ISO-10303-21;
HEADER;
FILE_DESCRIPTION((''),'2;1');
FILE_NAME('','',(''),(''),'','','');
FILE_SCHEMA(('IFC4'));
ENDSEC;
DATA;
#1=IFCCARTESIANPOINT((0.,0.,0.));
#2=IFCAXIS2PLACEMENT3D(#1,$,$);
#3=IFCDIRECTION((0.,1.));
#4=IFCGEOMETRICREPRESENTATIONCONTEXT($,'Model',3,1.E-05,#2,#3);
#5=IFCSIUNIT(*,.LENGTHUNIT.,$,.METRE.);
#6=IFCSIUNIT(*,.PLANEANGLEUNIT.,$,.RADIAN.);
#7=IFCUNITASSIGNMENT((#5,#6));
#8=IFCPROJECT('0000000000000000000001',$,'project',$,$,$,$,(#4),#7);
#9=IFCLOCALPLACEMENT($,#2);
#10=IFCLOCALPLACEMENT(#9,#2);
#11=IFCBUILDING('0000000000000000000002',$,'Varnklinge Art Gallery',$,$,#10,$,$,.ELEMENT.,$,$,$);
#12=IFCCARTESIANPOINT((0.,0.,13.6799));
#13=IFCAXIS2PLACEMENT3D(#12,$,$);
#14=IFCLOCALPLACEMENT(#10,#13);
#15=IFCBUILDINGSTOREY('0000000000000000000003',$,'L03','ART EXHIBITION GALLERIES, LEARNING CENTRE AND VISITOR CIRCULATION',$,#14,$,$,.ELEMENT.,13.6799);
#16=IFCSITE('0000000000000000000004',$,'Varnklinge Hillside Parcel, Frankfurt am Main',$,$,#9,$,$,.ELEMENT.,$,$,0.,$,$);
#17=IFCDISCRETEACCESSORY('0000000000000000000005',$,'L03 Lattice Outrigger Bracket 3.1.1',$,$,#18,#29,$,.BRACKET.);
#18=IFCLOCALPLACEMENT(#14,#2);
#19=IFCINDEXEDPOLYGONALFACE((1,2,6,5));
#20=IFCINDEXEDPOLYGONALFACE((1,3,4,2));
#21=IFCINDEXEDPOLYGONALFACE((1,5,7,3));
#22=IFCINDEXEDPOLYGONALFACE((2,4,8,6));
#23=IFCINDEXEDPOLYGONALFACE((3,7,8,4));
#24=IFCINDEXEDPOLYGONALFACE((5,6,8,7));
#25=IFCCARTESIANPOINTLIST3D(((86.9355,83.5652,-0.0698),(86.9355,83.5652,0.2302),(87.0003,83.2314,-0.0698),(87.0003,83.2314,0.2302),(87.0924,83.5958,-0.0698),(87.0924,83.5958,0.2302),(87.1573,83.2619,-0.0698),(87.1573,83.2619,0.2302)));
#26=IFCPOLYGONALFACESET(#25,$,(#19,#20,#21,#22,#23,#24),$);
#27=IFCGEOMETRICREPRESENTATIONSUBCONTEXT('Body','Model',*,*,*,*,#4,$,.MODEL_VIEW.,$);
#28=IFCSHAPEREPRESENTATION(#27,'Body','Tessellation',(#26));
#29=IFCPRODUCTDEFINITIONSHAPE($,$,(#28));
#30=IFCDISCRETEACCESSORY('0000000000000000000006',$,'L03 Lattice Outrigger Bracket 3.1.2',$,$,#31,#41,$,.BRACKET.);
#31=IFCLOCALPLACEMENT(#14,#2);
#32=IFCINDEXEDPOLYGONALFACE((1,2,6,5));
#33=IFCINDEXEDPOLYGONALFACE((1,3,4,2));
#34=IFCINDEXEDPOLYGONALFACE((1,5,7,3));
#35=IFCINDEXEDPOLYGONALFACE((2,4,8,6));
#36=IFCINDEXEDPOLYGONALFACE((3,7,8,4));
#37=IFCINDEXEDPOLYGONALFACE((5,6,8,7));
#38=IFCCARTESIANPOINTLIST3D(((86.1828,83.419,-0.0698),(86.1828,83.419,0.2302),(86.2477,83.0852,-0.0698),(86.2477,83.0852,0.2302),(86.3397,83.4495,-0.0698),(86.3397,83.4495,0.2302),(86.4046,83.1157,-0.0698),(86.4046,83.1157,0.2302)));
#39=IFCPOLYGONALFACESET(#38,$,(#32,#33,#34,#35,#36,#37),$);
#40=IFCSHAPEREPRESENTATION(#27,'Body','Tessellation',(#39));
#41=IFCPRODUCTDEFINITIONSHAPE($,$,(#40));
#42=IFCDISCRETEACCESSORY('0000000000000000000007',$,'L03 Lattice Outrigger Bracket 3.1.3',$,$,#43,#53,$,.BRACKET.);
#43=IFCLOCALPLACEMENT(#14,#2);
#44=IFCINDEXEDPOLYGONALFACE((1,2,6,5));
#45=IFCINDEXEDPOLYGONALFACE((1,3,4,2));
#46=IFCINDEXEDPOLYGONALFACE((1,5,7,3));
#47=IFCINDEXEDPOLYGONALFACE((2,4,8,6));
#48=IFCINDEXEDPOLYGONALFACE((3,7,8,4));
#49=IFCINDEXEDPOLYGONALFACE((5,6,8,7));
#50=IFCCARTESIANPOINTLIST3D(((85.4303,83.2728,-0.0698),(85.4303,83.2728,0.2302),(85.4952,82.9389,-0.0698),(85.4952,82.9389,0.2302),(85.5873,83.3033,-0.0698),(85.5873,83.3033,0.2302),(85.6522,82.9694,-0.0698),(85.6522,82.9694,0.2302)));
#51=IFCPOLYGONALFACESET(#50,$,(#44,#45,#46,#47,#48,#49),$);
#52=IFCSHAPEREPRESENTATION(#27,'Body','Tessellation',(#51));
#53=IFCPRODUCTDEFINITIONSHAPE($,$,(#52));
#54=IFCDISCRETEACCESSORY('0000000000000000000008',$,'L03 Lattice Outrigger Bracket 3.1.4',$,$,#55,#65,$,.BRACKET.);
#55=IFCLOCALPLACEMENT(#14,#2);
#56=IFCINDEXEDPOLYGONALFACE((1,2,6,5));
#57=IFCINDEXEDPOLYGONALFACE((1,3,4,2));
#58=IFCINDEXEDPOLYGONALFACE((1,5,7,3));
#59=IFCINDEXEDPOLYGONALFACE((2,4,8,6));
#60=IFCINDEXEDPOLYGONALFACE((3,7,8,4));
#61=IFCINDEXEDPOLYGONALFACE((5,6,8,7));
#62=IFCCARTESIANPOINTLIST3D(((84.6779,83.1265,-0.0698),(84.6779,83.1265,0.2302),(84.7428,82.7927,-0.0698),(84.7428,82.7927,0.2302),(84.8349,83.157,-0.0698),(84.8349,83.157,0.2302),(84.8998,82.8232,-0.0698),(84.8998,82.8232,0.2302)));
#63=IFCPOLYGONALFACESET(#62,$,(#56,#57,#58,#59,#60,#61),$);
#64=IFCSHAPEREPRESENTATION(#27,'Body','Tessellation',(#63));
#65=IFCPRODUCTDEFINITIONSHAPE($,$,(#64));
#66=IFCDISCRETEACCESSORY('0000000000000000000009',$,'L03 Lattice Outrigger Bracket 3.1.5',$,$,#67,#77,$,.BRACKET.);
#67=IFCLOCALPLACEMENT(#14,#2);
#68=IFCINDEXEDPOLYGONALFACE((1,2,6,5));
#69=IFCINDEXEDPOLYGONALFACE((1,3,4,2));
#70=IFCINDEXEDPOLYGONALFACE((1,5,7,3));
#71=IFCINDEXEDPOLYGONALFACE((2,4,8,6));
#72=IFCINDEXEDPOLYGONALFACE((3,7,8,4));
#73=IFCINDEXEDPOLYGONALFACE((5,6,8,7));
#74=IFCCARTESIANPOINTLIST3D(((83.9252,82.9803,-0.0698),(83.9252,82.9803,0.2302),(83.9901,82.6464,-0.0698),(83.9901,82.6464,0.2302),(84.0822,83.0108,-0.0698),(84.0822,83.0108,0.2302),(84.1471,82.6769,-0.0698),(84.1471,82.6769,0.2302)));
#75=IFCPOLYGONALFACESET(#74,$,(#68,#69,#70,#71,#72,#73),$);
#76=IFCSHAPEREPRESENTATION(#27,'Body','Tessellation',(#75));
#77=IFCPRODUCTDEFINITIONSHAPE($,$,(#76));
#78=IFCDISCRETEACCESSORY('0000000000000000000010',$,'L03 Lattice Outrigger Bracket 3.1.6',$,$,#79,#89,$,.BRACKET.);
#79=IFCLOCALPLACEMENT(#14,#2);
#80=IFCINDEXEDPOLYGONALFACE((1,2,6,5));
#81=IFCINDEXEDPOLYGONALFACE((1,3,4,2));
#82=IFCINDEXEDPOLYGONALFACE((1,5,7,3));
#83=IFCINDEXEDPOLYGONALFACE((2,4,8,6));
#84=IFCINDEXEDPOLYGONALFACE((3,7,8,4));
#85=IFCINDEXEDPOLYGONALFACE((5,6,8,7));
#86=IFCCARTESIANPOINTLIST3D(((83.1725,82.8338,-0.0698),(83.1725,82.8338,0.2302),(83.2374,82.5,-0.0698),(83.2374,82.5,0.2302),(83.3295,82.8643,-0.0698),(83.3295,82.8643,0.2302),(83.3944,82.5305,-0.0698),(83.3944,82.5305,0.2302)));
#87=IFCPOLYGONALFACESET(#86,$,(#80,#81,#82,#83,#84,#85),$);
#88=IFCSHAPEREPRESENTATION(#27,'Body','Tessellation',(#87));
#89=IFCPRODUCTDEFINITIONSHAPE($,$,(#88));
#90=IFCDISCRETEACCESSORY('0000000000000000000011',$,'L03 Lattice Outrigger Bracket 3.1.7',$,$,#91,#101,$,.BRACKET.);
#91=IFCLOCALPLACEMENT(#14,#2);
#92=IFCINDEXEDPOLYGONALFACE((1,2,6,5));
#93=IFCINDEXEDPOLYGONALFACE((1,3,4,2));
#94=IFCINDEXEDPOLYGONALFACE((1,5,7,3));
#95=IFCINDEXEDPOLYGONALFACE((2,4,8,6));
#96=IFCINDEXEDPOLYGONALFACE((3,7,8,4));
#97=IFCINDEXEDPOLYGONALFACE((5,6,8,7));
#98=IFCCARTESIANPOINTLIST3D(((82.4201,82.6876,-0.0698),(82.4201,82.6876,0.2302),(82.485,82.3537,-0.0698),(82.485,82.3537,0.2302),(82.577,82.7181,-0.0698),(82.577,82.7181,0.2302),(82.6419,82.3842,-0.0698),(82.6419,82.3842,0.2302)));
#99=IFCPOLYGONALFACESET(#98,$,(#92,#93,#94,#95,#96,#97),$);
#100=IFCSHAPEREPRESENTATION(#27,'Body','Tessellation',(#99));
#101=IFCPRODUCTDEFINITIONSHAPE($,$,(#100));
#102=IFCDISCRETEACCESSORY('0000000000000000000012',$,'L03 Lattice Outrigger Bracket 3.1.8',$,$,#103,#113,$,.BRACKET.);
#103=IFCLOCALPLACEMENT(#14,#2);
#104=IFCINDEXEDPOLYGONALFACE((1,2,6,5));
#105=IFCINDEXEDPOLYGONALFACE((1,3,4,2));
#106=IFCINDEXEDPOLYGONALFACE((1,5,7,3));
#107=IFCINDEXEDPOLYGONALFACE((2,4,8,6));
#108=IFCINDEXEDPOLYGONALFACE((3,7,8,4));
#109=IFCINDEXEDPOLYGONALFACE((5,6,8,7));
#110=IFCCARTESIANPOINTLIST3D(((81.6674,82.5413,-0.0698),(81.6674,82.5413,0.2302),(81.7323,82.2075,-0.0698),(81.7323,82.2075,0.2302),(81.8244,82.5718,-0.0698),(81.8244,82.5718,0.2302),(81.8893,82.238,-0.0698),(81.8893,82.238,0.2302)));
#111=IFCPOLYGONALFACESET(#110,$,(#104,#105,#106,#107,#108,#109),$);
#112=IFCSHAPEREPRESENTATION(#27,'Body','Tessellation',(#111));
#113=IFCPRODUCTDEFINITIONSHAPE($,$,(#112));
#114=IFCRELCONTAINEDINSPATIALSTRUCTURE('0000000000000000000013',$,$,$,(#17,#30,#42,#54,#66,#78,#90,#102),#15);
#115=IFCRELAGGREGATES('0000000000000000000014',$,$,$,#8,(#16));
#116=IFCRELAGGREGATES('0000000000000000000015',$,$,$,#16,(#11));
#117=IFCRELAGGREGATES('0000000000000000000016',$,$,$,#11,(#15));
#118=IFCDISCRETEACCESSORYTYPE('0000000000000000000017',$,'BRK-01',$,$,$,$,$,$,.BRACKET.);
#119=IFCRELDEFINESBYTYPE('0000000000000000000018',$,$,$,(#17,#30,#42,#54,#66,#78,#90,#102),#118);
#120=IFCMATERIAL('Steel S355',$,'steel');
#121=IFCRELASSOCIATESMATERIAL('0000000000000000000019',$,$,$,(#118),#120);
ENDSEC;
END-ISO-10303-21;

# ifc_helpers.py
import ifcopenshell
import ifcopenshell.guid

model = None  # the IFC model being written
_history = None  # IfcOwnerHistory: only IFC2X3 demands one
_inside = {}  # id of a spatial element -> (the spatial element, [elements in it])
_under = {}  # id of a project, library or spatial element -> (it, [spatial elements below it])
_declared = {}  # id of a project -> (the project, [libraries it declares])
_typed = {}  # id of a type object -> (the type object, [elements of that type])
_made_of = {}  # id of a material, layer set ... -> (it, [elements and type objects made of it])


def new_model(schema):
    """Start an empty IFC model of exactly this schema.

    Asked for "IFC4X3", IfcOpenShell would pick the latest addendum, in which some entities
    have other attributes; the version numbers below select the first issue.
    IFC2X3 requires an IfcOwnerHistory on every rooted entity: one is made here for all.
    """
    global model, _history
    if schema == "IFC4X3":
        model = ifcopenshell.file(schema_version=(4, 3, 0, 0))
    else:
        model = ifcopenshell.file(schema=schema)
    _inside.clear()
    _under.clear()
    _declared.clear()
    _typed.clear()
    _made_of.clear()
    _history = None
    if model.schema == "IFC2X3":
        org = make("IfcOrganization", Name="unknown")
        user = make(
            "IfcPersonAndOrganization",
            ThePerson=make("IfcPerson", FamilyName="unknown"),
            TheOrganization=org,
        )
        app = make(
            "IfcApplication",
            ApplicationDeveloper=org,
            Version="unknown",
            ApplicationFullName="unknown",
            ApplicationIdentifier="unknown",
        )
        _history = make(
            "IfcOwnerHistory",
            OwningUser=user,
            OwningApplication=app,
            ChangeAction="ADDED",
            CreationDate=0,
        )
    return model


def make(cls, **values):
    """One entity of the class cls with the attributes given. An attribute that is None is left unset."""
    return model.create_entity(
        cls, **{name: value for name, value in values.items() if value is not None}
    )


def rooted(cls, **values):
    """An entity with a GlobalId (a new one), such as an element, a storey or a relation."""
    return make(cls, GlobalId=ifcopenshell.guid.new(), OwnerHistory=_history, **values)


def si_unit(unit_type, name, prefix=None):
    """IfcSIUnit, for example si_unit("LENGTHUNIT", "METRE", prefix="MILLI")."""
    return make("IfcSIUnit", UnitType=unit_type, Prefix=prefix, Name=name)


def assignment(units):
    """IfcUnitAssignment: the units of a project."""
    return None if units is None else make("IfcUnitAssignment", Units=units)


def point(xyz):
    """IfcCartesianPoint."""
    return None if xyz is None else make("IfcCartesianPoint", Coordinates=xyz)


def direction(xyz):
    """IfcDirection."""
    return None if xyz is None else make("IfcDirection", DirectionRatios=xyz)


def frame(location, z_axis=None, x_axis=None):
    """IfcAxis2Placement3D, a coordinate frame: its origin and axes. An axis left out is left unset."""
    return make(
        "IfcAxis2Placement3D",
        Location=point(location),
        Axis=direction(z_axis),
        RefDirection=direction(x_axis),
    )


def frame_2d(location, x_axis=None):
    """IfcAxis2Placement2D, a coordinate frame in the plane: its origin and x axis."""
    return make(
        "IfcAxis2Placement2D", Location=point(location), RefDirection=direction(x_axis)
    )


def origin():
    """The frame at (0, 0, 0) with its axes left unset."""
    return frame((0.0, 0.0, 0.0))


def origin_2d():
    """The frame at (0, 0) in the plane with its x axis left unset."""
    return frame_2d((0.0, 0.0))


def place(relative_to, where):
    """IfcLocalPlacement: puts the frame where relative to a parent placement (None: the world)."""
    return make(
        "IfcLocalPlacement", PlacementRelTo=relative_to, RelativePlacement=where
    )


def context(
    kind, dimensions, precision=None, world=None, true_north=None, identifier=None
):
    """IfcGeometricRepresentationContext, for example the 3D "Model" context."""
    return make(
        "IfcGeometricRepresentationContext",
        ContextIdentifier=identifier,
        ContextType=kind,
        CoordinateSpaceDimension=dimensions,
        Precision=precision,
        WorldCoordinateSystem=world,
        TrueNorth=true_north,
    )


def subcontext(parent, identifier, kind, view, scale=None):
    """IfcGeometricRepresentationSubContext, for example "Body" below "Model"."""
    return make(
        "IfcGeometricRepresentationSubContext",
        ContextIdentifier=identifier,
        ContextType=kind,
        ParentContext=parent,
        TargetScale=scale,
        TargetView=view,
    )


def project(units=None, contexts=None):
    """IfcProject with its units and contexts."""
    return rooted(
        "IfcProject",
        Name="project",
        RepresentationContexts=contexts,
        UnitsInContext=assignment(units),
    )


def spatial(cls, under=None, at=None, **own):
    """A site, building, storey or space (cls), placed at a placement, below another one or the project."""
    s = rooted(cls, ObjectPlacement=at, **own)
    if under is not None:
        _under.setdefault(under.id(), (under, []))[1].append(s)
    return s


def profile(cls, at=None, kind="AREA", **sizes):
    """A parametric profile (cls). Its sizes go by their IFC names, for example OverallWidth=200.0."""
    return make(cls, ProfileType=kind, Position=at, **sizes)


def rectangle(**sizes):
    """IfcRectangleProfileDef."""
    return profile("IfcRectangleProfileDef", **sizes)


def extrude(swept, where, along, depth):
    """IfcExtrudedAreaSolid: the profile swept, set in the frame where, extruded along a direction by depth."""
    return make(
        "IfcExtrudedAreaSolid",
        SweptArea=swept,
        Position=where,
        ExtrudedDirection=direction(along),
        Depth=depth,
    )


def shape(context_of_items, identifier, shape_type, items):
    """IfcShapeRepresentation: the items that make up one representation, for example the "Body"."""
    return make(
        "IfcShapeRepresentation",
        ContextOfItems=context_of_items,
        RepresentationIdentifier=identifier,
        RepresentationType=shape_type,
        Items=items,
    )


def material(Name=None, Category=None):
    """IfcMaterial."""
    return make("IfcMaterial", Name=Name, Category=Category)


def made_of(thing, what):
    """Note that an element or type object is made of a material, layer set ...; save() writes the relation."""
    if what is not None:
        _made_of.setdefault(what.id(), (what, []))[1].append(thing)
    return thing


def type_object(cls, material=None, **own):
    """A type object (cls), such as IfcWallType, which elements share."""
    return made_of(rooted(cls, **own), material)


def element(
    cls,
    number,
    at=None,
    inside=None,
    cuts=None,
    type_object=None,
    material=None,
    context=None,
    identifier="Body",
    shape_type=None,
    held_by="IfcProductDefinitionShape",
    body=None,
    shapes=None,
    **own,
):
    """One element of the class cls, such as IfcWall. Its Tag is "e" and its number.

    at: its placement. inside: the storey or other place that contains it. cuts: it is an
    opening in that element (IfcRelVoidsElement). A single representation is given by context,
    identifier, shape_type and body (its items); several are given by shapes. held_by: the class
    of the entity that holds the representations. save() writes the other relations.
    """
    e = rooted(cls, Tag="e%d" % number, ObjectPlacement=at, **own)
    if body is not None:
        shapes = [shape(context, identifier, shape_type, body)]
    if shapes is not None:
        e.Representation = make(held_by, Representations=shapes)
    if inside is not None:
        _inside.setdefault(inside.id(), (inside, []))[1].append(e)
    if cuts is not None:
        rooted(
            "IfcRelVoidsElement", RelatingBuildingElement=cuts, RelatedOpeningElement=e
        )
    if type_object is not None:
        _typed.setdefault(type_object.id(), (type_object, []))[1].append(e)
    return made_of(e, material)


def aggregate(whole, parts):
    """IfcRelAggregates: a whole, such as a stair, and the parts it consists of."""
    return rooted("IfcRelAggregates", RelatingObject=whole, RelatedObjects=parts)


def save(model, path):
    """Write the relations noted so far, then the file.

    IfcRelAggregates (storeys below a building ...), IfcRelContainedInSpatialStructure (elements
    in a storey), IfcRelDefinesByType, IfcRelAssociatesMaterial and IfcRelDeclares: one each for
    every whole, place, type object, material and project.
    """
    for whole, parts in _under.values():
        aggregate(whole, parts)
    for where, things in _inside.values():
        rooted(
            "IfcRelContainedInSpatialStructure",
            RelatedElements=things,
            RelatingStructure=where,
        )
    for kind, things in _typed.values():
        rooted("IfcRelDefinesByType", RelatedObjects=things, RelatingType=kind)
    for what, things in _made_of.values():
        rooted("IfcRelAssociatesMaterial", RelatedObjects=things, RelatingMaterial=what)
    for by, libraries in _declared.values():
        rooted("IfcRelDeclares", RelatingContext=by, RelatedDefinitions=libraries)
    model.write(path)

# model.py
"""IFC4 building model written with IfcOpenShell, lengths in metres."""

from ifc_helpers import new_model, si_unit, direction, frame, origin, origin_2d, place, context, subcontext, project, spatial, rectangle, extrude, material, type_object, element, save


model = new_model("IFC4")

# Units and contexts
model_context = context("Model", 3, precision=1e-05, world=origin(), true_north=direction((0.0, 1.0)))
body_context = subcontext(model_context, "Body", "Model", "MODEL_VIEW")
ifc_project = project(units=[si_unit("LENGTHUNIT", "METRE"), si_unit("PLANEANGLEUNIT", "RADIAN")], contexts=[model_context])

# Site, building, storey
site_placement = place(None, origin())
site = spatial("IfcSite", under=ifc_project, at=site_placement, Name="Varnklinge Hillside Parcel, Frankfurt am Main", CompositionType="ELEMENT", RefElevation=0.0)
building_placement = place(site_placement, origin())
building = spatial("IfcBuilding", under=site, at=building_placement, Name="Varnklinge Art Gallery", CompositionType="ELEMENT")
storey_placement = place(building_placement, frame((0.0, 0.0, 13.6799)))
storey = spatial("IfcBuildingStorey", under=building, at=storey_placement, Name="L03", Description="ART EXHIBITION GALLERIES, LEARNING CENTRE AND VISITOR CIRCULATION", CompositionType="ELEMENT", Elevation=13.6799)

# Discrete accessories
ifc_material_1 = material(Name="Steel S355", Category="steel")
discrete_accessory_type = type_object("IfcDiscreteAccessoryType", Name="BRK-01", PredefinedType="BRACKET", material=ifc_material_1)
for number, where, z_axis, x_axis, name in (
    (1, (87.0464, 83.4136, -0.0698), (0.0, 0.0, 1.0), (-0.981627, -0.190809, 0.0), "L03 Lattice Outrigger Bracket 3.1.1"),
    (2, (86.2937, 83.2673, -0.0698), (0.0, 0.0, 1.0), (-0.981627, -0.190809, 0.0), "L03 Lattice Outrigger Bracket 3.1.2"),
    (3, (85.5413, 83.1211, -0.0698), (0.0, 0.0, 1.0), (-0.981627, -0.190809, 0.0), "L03 Lattice Outrigger Bracket 3.1.3"),
    (4, (84.7888, 82.9749, -0.0698), (0.0, 0.0, 1.0), (-0.981627, -0.190809, 0.0), "L03 Lattice Outrigger Bracket 3.1.4"),
    (5, (84.0361, 82.8286, -0.0698), (0.0, 0.0, 1.0), (-0.981627, -0.190809, 0.0), "L03 Lattice Outrigger Bracket 3.1.5"),
    (6, (83.2834, 82.6821, -0.0698), (0.0, 0.0, 1.0), (-0.981627, -0.190809, 0.0), "L03 Lattice Outrigger Bracket 3.1.6"),
    (7, (82.531, 82.5359, -0.0698), (0.0, 0.0, 1.0), (-0.981627, -0.190809, 0.0), "L03 Lattice Outrigger Bracket 3.1.7"),
    (8, (81.7783, 82.3896, -0.0698), (0.0, 0.0, 1.0), (-0.981627, -0.190809, 0.0), "L03 Lattice Outrigger Bracket 3.1.8"),
):
    element("IfcDiscreteAccessory", number, at=place(storey_placement, frame(where, z_axis=z_axis, x_axis=x_axis)), inside=storey, type_object=discrete_accessory_type, Name=name, PredefinedType="BRACKET", context=body_context, shape_type="SweptSolid", body=[
        extrude(rectangle(XDim=0.1599, YDim=0.3401, at=origin_2d()), origin(), (0.0, 0.0, 1.0), 0.3),
    ])

save(model, "model.ifc")
